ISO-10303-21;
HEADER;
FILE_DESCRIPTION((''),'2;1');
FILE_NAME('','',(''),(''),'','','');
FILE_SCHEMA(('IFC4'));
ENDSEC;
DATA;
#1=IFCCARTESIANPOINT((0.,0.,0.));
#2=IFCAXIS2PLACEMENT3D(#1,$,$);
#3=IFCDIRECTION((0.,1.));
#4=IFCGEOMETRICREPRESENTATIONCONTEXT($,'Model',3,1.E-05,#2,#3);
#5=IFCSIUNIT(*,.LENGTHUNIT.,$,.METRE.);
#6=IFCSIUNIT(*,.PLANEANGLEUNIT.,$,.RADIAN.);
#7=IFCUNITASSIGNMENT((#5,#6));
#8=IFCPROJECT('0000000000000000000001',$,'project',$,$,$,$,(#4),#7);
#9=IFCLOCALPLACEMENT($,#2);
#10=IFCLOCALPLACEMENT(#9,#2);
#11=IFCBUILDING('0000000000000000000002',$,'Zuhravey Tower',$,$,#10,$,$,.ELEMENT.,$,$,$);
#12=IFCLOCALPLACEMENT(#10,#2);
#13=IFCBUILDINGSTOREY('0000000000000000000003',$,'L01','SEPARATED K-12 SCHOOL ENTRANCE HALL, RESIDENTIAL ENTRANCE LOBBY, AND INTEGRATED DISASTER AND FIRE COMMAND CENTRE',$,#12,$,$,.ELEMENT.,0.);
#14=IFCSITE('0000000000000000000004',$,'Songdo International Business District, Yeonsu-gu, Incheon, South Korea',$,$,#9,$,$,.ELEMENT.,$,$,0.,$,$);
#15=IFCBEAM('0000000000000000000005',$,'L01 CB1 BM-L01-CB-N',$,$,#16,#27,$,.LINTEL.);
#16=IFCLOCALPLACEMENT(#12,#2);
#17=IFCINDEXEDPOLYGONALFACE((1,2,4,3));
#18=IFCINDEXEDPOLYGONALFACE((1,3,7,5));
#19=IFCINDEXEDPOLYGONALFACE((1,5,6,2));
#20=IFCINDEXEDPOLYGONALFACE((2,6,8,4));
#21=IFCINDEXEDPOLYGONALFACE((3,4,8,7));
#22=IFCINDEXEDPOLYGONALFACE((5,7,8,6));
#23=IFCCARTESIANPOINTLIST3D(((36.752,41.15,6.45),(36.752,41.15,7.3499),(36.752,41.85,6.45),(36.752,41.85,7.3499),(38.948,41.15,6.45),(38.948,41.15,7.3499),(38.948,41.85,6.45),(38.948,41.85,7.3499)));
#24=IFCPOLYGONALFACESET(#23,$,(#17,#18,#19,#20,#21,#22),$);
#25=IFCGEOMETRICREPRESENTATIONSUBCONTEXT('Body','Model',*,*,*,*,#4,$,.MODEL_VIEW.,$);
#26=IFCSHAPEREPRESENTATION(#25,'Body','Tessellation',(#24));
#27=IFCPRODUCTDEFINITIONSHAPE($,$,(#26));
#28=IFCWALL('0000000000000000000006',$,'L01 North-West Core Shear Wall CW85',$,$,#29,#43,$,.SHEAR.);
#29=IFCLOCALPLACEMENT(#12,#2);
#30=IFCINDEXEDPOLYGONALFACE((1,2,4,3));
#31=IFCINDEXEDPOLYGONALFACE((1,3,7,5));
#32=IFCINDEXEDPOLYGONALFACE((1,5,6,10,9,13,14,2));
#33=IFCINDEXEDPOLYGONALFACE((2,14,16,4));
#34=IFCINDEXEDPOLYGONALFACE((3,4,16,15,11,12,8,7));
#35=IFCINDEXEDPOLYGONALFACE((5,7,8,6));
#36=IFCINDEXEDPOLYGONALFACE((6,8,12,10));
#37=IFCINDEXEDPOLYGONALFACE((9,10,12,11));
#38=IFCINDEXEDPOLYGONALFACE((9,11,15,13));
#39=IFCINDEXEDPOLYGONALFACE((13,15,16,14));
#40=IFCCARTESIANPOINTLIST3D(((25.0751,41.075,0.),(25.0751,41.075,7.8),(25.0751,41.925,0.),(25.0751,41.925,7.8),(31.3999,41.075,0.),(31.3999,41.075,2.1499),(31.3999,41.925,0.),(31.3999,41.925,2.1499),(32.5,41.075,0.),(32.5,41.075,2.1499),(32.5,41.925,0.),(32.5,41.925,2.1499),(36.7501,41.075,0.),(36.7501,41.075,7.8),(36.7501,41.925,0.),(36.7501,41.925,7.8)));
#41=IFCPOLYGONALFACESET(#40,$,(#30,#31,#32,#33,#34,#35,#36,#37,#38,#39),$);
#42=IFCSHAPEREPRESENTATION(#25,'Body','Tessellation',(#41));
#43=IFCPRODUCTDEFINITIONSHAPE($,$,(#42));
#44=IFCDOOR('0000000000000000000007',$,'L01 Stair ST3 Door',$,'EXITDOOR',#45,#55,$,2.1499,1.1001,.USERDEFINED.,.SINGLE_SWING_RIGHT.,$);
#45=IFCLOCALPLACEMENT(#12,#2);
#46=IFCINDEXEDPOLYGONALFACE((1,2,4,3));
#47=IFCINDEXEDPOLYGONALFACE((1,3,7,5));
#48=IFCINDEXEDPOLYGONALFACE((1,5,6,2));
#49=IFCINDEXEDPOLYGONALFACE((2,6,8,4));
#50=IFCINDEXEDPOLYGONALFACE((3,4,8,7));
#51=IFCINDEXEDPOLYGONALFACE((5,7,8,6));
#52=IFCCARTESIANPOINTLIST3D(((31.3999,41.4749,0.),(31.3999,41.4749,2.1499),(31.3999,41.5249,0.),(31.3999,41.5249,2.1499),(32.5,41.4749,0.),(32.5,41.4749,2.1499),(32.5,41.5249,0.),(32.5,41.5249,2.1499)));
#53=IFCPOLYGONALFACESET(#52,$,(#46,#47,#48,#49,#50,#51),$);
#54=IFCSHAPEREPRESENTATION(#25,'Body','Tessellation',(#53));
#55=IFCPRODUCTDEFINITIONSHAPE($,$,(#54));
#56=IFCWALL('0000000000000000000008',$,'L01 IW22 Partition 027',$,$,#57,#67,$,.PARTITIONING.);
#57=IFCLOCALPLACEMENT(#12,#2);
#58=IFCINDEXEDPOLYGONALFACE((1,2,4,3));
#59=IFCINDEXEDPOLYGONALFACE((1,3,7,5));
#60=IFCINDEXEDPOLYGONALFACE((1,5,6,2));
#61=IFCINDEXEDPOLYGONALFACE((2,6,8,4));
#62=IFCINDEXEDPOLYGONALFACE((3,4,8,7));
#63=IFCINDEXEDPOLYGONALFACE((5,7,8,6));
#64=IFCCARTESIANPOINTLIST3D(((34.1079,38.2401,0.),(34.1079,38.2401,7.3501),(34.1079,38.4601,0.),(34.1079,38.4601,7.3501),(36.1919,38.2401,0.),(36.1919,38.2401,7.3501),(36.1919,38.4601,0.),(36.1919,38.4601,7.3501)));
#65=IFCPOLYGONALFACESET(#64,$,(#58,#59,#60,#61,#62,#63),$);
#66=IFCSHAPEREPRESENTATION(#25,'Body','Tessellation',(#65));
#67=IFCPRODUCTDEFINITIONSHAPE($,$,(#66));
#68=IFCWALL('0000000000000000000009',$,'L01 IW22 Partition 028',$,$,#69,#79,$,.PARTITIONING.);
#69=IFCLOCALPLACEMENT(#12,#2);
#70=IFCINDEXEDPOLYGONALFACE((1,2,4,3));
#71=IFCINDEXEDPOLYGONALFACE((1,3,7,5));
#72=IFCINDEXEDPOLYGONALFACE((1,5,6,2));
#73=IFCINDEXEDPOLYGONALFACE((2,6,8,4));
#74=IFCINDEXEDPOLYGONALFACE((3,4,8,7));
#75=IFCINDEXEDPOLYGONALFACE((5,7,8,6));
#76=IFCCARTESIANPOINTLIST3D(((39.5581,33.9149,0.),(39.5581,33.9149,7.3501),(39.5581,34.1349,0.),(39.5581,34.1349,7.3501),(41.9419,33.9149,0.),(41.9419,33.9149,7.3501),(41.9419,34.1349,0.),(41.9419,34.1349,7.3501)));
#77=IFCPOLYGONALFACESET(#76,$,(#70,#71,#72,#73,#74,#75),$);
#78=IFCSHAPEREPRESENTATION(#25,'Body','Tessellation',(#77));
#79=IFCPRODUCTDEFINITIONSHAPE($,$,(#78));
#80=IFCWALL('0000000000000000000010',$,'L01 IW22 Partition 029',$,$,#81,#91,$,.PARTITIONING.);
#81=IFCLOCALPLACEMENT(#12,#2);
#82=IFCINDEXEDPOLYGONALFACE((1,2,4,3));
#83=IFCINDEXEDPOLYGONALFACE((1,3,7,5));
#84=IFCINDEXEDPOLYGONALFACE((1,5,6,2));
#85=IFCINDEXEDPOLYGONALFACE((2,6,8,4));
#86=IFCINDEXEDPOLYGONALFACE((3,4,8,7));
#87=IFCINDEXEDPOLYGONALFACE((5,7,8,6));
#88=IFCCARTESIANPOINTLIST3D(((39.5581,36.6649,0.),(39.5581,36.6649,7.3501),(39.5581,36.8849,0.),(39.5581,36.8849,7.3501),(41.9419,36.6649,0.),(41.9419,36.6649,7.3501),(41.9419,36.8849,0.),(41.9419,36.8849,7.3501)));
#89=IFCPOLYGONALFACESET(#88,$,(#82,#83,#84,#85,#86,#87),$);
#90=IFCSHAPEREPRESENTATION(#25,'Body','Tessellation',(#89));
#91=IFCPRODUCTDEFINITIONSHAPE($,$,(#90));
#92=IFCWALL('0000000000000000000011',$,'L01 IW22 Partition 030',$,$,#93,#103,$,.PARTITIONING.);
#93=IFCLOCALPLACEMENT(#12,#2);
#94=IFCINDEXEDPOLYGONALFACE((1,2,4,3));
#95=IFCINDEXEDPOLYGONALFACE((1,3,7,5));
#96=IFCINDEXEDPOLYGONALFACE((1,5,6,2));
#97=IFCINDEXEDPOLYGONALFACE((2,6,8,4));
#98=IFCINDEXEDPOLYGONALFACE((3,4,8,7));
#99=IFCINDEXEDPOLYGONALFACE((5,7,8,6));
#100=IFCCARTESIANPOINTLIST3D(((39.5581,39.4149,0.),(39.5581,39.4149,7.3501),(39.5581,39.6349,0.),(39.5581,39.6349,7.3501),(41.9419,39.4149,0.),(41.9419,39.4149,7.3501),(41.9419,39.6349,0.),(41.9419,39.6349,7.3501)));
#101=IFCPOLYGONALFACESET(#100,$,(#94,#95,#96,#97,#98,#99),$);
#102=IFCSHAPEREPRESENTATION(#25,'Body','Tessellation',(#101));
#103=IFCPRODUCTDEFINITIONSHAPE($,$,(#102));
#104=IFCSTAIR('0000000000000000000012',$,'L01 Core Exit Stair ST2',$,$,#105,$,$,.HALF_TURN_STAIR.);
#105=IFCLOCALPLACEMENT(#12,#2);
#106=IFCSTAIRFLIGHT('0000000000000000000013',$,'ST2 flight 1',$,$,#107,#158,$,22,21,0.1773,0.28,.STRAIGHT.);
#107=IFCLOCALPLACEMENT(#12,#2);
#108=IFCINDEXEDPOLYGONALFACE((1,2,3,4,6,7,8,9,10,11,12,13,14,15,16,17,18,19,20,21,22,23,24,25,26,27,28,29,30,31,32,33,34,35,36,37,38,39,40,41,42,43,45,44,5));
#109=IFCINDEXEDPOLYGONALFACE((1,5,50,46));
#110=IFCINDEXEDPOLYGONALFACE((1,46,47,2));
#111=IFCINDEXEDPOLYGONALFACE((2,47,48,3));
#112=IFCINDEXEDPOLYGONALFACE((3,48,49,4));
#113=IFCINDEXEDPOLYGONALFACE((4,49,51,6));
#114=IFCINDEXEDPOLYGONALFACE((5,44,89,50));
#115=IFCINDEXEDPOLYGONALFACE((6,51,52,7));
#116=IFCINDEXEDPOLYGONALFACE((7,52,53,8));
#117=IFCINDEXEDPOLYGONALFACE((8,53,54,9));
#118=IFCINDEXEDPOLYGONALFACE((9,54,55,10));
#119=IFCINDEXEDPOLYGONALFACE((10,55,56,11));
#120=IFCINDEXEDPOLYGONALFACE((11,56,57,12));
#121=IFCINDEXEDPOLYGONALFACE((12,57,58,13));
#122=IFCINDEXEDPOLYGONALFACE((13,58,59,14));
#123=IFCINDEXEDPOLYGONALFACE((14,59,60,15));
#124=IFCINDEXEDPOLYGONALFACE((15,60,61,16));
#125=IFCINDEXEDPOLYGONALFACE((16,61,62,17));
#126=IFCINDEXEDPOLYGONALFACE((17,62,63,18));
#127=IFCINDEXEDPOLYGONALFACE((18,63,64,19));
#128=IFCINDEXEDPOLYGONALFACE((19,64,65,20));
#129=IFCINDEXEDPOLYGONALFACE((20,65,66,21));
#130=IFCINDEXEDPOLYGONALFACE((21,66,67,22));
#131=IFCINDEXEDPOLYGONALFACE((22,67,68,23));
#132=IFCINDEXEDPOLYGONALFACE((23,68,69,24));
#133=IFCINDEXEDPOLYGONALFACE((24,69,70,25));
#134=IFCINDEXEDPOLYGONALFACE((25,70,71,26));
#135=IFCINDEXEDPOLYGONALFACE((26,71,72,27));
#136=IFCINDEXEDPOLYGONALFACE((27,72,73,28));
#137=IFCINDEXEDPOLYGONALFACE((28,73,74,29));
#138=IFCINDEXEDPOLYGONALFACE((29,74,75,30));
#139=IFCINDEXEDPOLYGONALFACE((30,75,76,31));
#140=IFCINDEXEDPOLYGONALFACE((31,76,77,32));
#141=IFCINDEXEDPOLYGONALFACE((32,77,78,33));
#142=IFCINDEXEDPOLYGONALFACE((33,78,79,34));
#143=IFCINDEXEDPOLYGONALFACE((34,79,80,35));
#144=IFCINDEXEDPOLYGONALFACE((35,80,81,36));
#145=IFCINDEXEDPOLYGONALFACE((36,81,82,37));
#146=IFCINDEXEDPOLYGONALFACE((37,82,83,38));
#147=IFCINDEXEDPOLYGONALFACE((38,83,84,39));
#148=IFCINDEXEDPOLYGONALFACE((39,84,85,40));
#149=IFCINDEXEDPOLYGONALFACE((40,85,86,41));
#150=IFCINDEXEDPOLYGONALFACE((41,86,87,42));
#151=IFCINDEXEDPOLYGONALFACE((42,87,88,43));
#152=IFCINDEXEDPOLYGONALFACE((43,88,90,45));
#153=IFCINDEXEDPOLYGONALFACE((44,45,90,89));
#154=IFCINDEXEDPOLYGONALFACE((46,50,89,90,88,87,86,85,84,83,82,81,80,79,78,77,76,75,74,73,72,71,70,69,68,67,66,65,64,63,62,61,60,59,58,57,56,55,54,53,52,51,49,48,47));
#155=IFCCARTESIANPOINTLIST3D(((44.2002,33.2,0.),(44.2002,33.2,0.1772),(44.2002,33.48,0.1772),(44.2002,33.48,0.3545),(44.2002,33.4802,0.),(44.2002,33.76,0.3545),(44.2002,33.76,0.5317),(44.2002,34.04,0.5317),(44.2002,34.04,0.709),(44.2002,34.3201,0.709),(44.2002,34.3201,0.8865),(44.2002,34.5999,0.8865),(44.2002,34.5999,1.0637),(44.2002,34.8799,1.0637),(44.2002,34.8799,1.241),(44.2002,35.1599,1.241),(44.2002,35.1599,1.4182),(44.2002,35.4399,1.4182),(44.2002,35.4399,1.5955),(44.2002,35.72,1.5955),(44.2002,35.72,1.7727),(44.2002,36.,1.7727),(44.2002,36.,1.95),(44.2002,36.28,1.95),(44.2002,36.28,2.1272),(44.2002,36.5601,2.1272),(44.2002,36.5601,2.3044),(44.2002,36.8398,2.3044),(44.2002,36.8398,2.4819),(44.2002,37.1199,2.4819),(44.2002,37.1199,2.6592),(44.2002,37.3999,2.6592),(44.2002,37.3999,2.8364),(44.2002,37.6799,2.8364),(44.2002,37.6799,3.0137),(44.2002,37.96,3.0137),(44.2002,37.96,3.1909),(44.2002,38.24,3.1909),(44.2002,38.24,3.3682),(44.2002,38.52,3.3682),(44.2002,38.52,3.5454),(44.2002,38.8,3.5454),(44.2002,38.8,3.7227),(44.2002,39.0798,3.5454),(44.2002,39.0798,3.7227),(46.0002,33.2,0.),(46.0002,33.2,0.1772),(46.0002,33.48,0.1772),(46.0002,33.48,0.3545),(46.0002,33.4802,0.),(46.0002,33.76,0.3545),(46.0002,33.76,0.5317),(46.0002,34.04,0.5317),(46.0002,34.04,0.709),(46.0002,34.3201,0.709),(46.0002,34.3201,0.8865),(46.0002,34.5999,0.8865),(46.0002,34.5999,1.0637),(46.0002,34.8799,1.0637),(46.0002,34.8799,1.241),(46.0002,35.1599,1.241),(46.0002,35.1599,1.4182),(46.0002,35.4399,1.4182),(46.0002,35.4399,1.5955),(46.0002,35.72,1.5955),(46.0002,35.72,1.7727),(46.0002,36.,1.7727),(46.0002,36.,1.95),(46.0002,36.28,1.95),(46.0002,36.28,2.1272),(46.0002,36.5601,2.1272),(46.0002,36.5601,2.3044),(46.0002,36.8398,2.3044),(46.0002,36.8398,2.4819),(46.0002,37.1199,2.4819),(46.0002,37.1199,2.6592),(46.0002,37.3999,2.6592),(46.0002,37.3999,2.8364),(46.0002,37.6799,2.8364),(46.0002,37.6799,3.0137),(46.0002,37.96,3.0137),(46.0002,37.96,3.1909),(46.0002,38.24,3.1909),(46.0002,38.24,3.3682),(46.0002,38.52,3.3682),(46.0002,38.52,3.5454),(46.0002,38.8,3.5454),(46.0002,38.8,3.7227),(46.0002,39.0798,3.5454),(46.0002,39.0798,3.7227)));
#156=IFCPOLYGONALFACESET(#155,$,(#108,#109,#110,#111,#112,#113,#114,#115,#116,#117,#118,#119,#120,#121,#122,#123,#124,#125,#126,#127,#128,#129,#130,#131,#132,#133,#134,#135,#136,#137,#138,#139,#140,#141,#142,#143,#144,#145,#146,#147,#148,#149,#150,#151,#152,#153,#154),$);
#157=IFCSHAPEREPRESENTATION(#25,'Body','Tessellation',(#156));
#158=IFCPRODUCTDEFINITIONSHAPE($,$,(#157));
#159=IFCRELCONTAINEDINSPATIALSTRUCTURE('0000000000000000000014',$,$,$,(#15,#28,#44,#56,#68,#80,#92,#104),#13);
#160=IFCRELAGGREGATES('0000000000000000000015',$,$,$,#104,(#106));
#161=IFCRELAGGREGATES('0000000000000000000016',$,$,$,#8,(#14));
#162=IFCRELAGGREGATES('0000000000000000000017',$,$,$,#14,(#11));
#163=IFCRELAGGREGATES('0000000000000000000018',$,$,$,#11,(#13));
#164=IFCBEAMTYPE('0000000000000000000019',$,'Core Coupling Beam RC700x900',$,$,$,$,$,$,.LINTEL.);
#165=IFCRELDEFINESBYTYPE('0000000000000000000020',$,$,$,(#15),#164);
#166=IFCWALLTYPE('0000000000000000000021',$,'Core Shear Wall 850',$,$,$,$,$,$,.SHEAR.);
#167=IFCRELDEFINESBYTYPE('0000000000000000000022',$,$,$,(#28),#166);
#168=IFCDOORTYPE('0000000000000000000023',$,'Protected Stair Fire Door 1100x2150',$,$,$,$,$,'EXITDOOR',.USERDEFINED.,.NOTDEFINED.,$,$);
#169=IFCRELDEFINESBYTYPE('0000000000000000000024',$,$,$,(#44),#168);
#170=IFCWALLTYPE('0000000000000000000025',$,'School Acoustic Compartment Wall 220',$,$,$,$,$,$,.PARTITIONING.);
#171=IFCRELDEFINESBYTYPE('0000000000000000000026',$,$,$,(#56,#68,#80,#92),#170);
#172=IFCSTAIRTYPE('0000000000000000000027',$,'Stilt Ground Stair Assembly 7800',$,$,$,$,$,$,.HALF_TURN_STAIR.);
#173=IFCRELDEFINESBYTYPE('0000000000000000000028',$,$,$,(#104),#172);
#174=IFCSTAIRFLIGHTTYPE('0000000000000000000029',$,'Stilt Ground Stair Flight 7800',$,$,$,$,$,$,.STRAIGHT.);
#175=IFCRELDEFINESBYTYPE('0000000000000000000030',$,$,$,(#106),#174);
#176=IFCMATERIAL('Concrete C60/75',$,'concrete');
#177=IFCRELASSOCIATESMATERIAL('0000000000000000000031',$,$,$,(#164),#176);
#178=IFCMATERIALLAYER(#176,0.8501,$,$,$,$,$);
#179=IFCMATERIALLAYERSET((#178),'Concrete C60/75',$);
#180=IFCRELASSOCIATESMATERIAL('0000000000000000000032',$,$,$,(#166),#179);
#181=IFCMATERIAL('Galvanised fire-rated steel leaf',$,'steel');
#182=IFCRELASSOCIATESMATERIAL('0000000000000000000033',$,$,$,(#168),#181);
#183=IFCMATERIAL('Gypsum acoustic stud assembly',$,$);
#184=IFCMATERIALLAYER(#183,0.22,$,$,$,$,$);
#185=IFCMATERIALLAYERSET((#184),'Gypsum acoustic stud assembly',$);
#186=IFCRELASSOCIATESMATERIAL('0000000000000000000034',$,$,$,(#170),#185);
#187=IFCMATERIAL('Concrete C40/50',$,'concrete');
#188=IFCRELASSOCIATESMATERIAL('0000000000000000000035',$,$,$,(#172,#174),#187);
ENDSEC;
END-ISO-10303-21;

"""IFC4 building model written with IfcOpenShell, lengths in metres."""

from ifc_helpers import new_model, si_unit, direction, frame, frame_2d, origin, origin_2d, place, context, subcontext, project, spatial, polyline, rectangle, outline, extrude, material, layer, layer_set, material_profile, profile_set, type_object, element, fill, aggregate, save


model = new_model("IFC4")

# Units and contexts
model_context = context("Model", 3, precision=1e-05, world=origin(), true_north=direction((0.0, 1.0)))
body_context = subcontext(model_context, "Body", "Model", "MODEL_VIEW")
ifc_project = project(units=[si_unit("LENGTHUNIT", "METRE"), si_unit("PLANEANGLEUNIT", "RADIAN")], contexts=[model_context])

# Site, building, storey
site_placement = place(None, origin())
site = spatial("IfcSite", under=ifc_project, at=site_placement, Name="Songdo International Business District, Yeonsu-gu, Incheon, South Korea", CompositionType="ELEMENT", RefElevation=0.0)
building_placement = place(site_placement, origin())
building = spatial("IfcBuilding", under=site, at=building_placement, Name="Zuhravey Tower", CompositionType="ELEMENT")
storey_placement = place(building_placement, origin())
storey = spatial("IfcBuildingStorey", under=building, at=storey_placement, Name="L01", Description="SEPARATED K-12 SCHOOL ENTRANCE HALL, RESIDENTIAL ENTRANCE LOBBY, AND INTEGRATED DISASTER AND FIRE COMMAND CENTRE", CompositionType="ELEMENT", Elevation=0.0)

# Beam
ifc_material_1 = material(Name="Concrete C60/75", Category="concrete")
ifc_material_profile = material_profile(ifc_material_1, rectangle(XDim=0.7, YDim=0.8999, at=origin_2d()), Name="RC-700x900")
ifc_profile_set = profile_set([ifc_material_profile], Name="Concrete C60/75")
beam_type = type_object("IfcBeamType", Name="Core Coupling Beam RC700x900", PredefinedType="LINTEL", material=ifc_profile_set)
beam_placement = place(storey_placement, frame((36.752, 41.5, 6.8999), z_axis=(1.0, 0.0, 0.0), x_axis=(0.0, 1.0, 0.0)))
element("IfcBeam", 1, at=beam_placement, inside=storey, type_object=beam_type, Name="L01 CB1 BM-L01-CB-N", PredefinedType="LINTEL", context=body_context, shape_type="SweptSolid", body=[
    extrude(rectangle(XDim=0.7, YDim=0.8999, at=origin_2d()), origin(), (0.0, 0.0, 1.0), 2.196),
])

# Wall, opening, door
ifc_layer_1 = layer(ifc_material_1, 0.8501)
ifc_layer_set_1 = layer_set([ifc_layer_1], Name="Concrete C60/75")
wall_type_1 = type_object("IfcWallType", Name="Core Shear Wall 850", PredefinedType="SHEAR", material=ifc_layer_set_1)
wall_1_placement = place(storey_placement, frame((36.75, 41.5, 0.0), z_axis=(0.0, 0.0, 1.0), x_axis=(-1.0, 0.0, 0.0)))
wall_1 = element("IfcWall", 2, at=wall_1_placement, inside=storey, type_object=wall_type_1, Name="L01 North-West Core Shear Wall CW85", PredefinedType="SHEAR", context=body_context, shape_type="SweptSolid", body=[
    extrude(rectangle(XDim=11.675, YDim=0.8501, at=frame_2d((5.8374, 0.0))), origin(), (0.0, 0.0, 1.0), 7.8),
])
opening_1_placement = place(wall_1_placement, frame((4.25, 0.0, 0.0)))
opening_1 = element("IfcOpeningElement", 3, at=opening_1_placement, cuts=wall_1, PredefinedType="OPENING", context=body_context, shape_type="SweptSolid", body=[
    extrude(rectangle(XDim=1.1001, YDim=2.1499, at=frame_2d((0.55, 1.075))), frame((0.0, 0.437, 0.0), z_axis=(0.0, -1.0, 0.0), x_axis=(1.0, 0.0, 0.0)), (0.0, 0.0, 1.0), 0.874),
])
ifc_material_2 = material(Name="Galvanised fire-rated steel leaf", Category="steel")
door_type_1 = type_object("IfcDoorType", Name="Protected Stair Fire Door 1100x2150", ElementType="EXITDOOR", OperationType="NOTDEFINED", PredefinedType="USERDEFINED", material=ifc_material_2)
door_1_placement = place(opening_1_placement, frame((1.1001, 0.0, 0.0), z_axis=(0.0, 0.0, 1.0), x_axis=(-1.0, 0.0, 0.0)))
door_1 = element("IfcDoor", 4, at=door_1_placement, inside=storey, type_object=door_type_1, Name="L01 Stair ST3 Door", ObjectType="EXITDOOR", OperationType="SINGLE_SWING_RIGHT", OverallHeight=2.1499, OverallWidth=1.1001, PredefinedType="USERDEFINED", context=body_context, shape_type="SweptSolid", body=[
    extrude(rectangle(XDim=1.1001, YDim=2.1499, at=frame_2d((0.55, 1.075))), frame((0.0, 0.0249, 0.0), z_axis=(0.0, -1.0, 0.0), x_axis=(1.0, 0.0, 0.0)), (0.0, 0.0, 1.0), 0.05),
])
fill(opening_1, door_1)

# Walls
ifc_material_3 = material(Name="Gypsum acoustic stud assembly")
ifc_layer_2 = layer(ifc_material_3, 0.22)
ifc_layer_set_2 = layer_set([ifc_layer_2], Name="Gypsum acoustic stud assembly")
wall_type_2 = type_object("IfcWallType", Name="School Acoustic Compartment Wall 220", PredefinedType="PARTITIONING", material=ifc_layer_set_2)
wall_2_placement = place(storey_placement, frame((34.1079, 38.3501, 0.0), z_axis=(0.0, 0.0, 1.0), x_axis=(1.0, 0.0, 0.0)))
element("IfcWall", 5, at=wall_2_placement, inside=storey, type_object=wall_type_2, Name="L01 IW22 Partition 027", PredefinedType="PARTITIONING", context=body_context, shape_type="SweptSolid", body=[
    extrude(rectangle(XDim=2.084, YDim=0.22, at=frame_2d((1.042, 0.0))), origin(), (0.0, 0.0, 1.0), 7.3501),
])
for number, where, z_axis, x_axis, name in (
    (6, (39.5581, 34.0249, 0.0), (0.0, 0.0, 1.0), (1.0, 0.0, 0.0), "L01 IW22 Partition 028"),
    (7, (39.5581, 36.7749, 0.0), (0.0, 0.0, 1.0), (1.0, 0.0, 0.0), "L01 IW22 Partition 029"),
    (8, (39.5581, 39.5249, 0.0), (0.0, 0.0, 1.0), (1.0, 0.0, 0.0), "L01 IW22 Partition 030"),
):
    element("IfcWall", number, at=place(storey_placement, frame(where, z_axis=z_axis, x_axis=x_axis)), inside=storey, type_object=wall_type_2, Name=name, PredefinedType="PARTITIONING", context=body_context, shape_type="SweptSolid", body=[
        extrude(rectangle(XDim=2.3838, YDim=0.22, at=frame_2d((1.1919, 0.0))), origin(), (0.0, 0.0, 1.0), 7.3501),
    ])

# Stair, stair flight
ifc_material_4 = material(Name="Concrete C40/50", Category="concrete")
stair_type = type_object("IfcStairType", Name="Stilt Ground Stair Assembly 7800", PredefinedType="HALF_TURN_STAIR", material=ifc_material_4)
stair_placement = place(storey_placement, origin())
stair = element("IfcStair", 9, at=stair_placement, inside=storey, type_object=stair_type, Name="L01 Core Exit Stair ST2", PredefinedType="HALF_TURN_STAIR")
stair_flight_type = type_object("IfcStairFlightType", Name="Stilt Ground Stair Flight 7800", PredefinedType="STRAIGHT", material=ifc_material_4)
stair_flight_1_placement = place(storey_placement, frame((45.1001, 33.2, 0.0), z_axis=(0.0, 0.0, 1.0), x_axis=(0.0, 1.0, 0.0)))
stair_flight_1 = element("IfcStairFlight", 10, at=stair_flight_1_placement, type_object=stair_flight_type, Name="ST2 flight 1", NumberOfRisers=22, NumberOfTreads=21, PredefinedType="STRAIGHT", RiserHeight=0.1773, TreadLength=0.28, context=body_context, shape_type="SweptSolid", body=[
    extrude(outline(polyline([(0.0, 0.0), (0.0, 0.1772), (0.28, 0.1772), (0.28, 0.3545), (0.5601, 0.3545), (0.5601, 0.5317), (0.8401, 0.5317), (0.8401, 0.709), (1.1201, 0.709), (1.1201, 0.8865), (1.3999, 0.8865), (1.3999, 1.0637), (1.6799, 1.0637), (1.6799, 1.241), (1.96, 1.241), (1.96, 1.4182), (2.24, 1.4182), (2.24, 1.5955), (2.52, 1.5955), (2.52, 1.7727), (2.8, 1.7727), (2.8, 1.95), (3.0801, 1.95), (3.0801, 2.1272), (3.3601, 2.1272), (3.3601, 2.3044), (3.6399, 2.3044), (3.6399, 2.4819), (3.9199, 2.4819), (3.9199, 2.6592), (4.2, 2.6592), (4.2, 2.8364), (4.48, 2.8364), (4.48, 3.0137), (4.76, 3.0137), (4.76, 3.1909), (5.04, 3.1909), (5.04, 3.3682), (5.3201, 3.3682), (5.3201, 3.5454), (5.6001, 3.5454), (5.6001, 3.7227), (5.8799, 3.7227), (5.8799, 3.8999), (5.8799, 3.5454), (0.2803, 0.0), (0.0, 0.0)])), frame((0.0, 0.8999, 0.0), z_axis=(0.0, -1.0, 0.0), x_axis=(1.0, 0.0, 0.0)), (0.0, 0.0, 1.0), 1.8),
])
aggregate(stair, [stair_flight_1])

save(model, "model.ifc")
